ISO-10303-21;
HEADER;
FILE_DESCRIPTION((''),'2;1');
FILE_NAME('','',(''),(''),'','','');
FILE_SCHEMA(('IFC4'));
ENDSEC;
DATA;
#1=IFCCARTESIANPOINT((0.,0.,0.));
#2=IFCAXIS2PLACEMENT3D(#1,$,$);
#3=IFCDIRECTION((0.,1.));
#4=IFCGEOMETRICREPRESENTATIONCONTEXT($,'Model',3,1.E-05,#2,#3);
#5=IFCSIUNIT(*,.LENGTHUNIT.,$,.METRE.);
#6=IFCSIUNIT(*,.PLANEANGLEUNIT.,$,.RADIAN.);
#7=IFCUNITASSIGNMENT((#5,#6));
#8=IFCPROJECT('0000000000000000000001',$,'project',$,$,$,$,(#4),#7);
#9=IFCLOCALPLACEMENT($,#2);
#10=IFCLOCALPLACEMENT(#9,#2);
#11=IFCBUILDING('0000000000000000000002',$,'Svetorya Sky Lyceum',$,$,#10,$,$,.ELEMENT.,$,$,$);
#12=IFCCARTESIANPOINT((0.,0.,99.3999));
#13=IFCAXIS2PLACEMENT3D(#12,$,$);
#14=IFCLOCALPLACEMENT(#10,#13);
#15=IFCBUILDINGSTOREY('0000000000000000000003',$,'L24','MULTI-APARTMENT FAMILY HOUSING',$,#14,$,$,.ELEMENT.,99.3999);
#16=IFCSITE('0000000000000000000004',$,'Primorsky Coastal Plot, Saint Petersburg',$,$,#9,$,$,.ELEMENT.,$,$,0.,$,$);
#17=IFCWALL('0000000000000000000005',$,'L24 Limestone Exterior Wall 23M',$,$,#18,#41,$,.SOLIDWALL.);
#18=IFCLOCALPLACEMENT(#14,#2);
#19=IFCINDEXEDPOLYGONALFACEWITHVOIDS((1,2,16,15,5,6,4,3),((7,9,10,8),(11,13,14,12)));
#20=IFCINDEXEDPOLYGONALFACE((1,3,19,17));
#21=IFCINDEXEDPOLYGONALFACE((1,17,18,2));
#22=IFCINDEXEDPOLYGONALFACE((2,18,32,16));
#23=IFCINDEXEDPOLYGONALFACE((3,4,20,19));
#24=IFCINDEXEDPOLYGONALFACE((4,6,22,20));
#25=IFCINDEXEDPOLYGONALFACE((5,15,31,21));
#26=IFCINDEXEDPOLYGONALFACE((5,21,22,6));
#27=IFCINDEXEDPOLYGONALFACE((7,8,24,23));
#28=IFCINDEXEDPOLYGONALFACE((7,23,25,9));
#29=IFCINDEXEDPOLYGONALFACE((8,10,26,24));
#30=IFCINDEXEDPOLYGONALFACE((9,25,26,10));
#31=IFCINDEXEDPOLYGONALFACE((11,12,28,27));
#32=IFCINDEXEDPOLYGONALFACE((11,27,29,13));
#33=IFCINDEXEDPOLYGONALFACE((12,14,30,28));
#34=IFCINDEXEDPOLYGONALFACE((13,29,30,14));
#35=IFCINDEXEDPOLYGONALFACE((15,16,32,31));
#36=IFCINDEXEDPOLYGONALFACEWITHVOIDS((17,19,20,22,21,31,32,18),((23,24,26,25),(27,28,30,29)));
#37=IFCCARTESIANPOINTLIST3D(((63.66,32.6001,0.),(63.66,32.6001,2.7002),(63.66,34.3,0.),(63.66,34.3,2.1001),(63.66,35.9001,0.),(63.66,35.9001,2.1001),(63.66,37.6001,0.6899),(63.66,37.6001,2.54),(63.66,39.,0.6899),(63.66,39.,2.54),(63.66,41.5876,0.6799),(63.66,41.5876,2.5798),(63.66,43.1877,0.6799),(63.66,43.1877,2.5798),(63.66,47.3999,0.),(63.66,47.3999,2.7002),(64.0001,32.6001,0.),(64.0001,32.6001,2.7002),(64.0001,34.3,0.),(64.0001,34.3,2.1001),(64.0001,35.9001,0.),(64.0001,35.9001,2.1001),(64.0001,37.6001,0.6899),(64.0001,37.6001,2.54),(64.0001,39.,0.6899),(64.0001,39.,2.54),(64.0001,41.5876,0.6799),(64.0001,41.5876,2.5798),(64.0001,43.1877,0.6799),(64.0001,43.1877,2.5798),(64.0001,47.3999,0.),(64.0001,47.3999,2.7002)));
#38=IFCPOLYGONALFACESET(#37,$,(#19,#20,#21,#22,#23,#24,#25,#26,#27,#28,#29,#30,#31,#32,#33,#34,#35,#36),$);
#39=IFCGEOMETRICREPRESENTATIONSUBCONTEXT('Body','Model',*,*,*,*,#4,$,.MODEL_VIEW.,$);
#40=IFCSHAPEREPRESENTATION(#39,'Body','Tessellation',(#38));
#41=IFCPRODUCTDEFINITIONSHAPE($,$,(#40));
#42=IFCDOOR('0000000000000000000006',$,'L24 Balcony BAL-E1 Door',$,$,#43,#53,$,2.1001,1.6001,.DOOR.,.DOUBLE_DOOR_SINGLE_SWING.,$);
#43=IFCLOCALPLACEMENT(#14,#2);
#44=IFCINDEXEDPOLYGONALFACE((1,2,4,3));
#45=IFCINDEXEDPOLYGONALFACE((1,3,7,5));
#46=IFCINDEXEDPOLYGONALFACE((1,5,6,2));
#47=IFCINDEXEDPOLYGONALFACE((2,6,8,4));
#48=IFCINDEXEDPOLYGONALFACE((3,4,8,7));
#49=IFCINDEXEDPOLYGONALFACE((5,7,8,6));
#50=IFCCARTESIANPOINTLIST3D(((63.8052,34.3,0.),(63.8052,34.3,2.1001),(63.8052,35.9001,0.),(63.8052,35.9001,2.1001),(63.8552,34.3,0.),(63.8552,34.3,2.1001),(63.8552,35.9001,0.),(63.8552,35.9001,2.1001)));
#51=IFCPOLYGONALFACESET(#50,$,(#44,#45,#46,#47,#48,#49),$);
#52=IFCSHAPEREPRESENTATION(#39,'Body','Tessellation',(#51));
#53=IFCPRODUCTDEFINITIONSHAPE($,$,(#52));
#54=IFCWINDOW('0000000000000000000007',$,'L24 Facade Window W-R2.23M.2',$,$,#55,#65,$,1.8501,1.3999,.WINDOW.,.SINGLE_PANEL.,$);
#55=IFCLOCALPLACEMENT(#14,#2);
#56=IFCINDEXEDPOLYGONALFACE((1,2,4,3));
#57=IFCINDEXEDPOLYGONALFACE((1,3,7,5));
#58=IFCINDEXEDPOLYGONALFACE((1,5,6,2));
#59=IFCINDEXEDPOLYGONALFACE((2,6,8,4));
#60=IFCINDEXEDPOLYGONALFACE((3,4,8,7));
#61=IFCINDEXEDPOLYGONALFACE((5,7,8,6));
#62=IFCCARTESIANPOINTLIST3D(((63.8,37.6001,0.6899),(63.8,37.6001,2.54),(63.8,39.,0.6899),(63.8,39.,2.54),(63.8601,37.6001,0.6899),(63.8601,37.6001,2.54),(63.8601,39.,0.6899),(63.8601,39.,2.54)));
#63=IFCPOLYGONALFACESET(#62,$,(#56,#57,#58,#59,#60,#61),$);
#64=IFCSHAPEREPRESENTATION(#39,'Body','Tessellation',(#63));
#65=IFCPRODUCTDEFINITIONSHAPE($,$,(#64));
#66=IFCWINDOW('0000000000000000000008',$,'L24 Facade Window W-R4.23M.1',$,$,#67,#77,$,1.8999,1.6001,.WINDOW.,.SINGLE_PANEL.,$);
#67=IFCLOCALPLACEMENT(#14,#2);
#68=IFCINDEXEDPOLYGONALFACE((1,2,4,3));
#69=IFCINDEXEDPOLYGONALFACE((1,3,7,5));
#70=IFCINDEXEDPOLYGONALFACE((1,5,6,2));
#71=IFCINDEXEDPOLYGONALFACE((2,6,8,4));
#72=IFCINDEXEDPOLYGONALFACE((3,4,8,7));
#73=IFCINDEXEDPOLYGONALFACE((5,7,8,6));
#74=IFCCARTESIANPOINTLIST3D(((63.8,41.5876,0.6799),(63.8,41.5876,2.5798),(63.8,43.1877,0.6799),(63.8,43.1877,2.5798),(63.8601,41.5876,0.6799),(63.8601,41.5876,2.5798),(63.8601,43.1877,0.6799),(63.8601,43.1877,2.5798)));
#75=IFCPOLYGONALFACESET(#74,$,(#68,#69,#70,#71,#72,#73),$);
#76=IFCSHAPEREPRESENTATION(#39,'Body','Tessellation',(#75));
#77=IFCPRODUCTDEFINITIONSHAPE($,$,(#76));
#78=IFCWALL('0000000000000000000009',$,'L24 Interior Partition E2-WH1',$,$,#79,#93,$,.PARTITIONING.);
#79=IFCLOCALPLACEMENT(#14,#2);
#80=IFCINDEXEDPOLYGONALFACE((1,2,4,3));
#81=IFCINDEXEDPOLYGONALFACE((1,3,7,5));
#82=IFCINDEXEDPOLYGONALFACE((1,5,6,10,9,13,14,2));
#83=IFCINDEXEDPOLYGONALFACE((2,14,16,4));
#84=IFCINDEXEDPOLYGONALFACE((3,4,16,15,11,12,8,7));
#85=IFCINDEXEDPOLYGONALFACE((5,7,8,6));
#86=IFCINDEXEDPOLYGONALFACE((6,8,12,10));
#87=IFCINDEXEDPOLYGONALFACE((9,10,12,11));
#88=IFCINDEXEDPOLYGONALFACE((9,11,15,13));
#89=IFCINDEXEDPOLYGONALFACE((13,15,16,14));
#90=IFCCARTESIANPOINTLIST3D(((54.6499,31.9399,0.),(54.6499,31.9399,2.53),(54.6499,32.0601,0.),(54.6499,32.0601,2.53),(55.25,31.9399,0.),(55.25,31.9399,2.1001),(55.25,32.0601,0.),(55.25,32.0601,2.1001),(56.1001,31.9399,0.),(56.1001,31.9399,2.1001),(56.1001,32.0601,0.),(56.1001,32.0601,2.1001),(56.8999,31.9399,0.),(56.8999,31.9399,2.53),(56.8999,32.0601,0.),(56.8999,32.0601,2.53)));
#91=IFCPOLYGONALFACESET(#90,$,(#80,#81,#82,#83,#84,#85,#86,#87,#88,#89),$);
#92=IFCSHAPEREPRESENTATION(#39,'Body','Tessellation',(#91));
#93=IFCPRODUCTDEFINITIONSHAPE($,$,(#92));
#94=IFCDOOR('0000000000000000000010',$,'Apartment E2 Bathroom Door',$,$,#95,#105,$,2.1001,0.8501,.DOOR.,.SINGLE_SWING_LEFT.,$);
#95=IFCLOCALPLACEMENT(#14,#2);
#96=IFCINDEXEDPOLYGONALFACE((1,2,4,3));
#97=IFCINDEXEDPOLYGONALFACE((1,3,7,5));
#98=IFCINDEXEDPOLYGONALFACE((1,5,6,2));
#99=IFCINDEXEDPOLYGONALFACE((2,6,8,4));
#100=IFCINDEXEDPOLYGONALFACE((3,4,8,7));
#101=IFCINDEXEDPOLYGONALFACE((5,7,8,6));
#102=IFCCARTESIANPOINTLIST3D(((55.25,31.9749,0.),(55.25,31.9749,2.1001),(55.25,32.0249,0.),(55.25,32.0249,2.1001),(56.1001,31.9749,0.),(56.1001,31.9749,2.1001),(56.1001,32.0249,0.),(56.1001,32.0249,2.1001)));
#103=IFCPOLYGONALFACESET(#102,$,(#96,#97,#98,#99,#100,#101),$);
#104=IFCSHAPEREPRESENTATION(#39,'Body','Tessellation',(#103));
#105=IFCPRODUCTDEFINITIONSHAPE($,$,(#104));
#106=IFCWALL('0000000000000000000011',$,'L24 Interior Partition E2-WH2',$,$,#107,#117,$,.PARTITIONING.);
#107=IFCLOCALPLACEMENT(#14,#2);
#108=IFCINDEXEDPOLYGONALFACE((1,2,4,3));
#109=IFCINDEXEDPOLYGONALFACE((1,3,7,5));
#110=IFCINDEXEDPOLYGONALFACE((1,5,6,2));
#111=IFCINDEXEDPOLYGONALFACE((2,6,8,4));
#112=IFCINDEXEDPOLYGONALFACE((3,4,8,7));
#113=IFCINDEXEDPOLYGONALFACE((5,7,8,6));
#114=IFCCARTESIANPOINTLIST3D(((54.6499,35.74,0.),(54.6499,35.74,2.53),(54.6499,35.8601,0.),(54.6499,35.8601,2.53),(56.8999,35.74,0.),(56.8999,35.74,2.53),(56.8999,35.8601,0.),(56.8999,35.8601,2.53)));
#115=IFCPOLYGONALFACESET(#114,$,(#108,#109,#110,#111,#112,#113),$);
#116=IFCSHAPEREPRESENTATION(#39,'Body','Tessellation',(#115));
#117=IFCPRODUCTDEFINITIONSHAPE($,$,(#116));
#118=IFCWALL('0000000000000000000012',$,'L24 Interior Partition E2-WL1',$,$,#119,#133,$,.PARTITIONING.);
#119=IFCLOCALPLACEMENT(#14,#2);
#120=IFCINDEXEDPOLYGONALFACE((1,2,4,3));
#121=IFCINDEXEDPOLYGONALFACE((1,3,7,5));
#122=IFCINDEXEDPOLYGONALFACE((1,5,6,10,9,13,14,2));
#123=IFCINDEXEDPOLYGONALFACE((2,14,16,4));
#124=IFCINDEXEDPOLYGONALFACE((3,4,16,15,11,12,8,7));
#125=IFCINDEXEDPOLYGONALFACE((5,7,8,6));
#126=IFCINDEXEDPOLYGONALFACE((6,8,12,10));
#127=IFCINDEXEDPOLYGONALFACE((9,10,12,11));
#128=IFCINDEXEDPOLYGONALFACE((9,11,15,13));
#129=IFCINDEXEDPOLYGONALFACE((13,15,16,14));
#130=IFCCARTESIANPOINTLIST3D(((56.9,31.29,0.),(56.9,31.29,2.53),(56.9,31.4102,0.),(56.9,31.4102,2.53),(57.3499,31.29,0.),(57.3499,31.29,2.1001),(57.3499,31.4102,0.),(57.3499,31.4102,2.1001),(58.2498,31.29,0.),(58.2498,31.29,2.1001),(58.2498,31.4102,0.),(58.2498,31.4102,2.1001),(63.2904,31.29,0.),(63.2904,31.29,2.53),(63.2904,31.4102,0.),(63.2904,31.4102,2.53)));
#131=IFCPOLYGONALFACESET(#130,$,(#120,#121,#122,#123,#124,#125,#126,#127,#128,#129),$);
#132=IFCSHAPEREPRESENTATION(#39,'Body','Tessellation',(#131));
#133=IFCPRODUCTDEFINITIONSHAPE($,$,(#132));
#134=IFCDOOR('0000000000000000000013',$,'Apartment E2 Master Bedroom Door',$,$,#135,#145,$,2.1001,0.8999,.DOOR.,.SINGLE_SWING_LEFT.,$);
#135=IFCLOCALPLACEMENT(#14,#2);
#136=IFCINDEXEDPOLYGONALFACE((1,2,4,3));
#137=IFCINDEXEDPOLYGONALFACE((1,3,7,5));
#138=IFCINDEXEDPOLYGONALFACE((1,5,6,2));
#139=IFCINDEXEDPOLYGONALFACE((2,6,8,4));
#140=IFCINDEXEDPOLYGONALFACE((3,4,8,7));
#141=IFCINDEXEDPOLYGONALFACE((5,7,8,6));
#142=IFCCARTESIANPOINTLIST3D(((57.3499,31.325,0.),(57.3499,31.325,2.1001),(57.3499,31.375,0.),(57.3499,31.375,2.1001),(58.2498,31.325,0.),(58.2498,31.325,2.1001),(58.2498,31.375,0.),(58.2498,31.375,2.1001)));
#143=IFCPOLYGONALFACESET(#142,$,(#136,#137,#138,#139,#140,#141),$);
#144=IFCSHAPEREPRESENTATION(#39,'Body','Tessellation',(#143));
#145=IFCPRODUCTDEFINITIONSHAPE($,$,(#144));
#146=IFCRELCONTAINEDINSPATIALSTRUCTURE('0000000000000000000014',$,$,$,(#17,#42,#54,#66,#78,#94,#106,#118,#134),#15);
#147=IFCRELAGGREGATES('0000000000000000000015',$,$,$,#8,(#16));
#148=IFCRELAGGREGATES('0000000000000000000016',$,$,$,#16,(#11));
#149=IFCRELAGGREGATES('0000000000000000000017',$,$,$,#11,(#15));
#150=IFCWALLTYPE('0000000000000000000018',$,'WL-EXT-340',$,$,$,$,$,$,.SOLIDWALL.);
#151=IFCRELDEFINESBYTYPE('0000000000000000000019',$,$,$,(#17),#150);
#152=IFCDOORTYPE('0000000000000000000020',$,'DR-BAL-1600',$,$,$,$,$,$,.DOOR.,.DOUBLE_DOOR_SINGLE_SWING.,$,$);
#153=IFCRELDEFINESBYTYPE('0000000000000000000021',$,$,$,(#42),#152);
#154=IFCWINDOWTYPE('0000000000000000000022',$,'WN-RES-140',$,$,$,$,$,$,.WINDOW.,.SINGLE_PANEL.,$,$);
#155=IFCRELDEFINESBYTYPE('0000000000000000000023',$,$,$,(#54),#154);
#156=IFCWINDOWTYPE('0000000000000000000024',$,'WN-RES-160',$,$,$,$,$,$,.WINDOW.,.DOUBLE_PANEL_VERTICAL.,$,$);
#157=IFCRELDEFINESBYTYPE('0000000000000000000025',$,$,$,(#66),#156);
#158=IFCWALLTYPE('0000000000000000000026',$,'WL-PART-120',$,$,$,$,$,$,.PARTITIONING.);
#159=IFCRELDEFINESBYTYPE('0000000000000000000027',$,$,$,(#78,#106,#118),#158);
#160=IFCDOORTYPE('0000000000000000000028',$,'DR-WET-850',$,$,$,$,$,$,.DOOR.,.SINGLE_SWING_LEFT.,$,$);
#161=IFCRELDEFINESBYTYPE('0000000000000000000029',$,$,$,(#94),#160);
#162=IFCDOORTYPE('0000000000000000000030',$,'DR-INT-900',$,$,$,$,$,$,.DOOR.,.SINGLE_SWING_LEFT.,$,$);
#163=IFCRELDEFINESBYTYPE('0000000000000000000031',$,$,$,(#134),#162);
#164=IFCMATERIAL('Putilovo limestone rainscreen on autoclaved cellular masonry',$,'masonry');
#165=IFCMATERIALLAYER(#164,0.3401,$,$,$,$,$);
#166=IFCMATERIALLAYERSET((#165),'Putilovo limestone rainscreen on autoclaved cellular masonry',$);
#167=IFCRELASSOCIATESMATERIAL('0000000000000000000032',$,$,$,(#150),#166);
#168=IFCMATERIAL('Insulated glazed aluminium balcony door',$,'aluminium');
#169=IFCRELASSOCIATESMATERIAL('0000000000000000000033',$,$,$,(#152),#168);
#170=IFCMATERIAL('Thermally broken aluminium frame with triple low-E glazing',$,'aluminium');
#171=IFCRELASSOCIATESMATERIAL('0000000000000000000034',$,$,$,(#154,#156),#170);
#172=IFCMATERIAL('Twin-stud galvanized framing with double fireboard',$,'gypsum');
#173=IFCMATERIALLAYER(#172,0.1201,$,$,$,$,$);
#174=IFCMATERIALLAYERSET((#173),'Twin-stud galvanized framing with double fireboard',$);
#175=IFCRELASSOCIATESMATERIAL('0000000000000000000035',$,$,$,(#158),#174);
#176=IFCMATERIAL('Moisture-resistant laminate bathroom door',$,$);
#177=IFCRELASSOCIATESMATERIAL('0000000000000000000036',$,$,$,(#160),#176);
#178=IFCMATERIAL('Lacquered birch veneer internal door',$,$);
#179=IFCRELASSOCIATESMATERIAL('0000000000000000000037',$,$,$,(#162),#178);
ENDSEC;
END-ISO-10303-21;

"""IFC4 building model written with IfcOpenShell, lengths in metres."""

from ifc_helpers import new_model, si_unit, direction, frame, frame_2d, origin, place, context, subcontext, project, spatial, rectangle, extrude, material, layer, layer_set, type_object, element, fill, save


model = new_model("IFC4")

# Units and contexts
model_context = context("Model", 3, precision=1e-05, world=origin(), true_north=direction((0.0, 1.0)))
body_context = subcontext(model_context, "Body", "Model", "MODEL_VIEW")
ifc_project = project(units=[si_unit("LENGTHUNIT", "METRE"), si_unit("PLANEANGLEUNIT", "RADIAN")], contexts=[model_context])

# Site, building, storey
site_placement = place(None, origin())
site = spatial("IfcSite", under=ifc_project, at=site_placement, Name="Primorsky Coastal Plot, Saint Petersburg", CompositionType="ELEMENT", RefElevation=0.0)
building_placement = place(site_placement, origin())
building = spatial("IfcBuilding", under=site, at=building_placement, Name="Svetorya Sky Lyceum", CompositionType="ELEMENT")
storey_placement = place(building_placement, frame((0.0, 0.0, 99.3999)))
storey = spatial("IfcBuildingStorey", under=building, at=storey_placement, Name="L24", Description="MULTI-APARTMENT FAMILY HOUSING", CompositionType="ELEMENT", Elevation=99.3999)

# Shared definitions
ifc_material_1 = material(Name="Putilovo limestone rainscreen on autoclaved cellular masonry", Category="masonry")
ifc_layer_1 = layer(ifc_material_1, 0.3401)
ifc_layer_set_1 = layer_set([ifc_layer_1], Name="Putilovo limestone rainscreen on autoclaved cellular masonry")
wall_type_1 = type_object("IfcWallType", Name="WL-EXT-340", PredefinedType="SOLIDWALL", material=ifc_layer_set_1)

# Wall, openings, door, windows
wall_1_placement = place(storey_placement, frame((63.8301, 32.6001, 0.0), z_axis=(0.0, 0.0, 1.0), x_axis=(0.0, 1.0, 0.0)))
wall_1 = element("IfcWall", 1, at=wall_1_placement, inside=storey, type_object=wall_type_1, Name="L24 Limestone Exterior Wall 23M", PredefinedType="SOLIDWALL", context=body_context, shape_type="SweptSolid", body=[
    extrude(rectangle(XDim=14.7998, YDim=0.3401, at=frame_2d((7.3999, 0.0))), origin(), (0.0, 0.0, 1.0), 2.7002),
])
opening_1_placement = place(wall_1_placement, frame((1.7, 0.0, 0.0)))
opening_1 = element("IfcOpeningElement", 2, at=opening_1_placement, cuts=wall_1, PredefinedType="OPENING", context=body_context, shape_type="SweptSolid", body=[
    extrude(rectangle(XDim=1.6001, YDim=2.1001, at=frame_2d((0.8, 1.05))), frame((0.0, 0.1799, 0.0), z_axis=(0.0, -1.0, 0.0), x_axis=(1.0, 0.0, 0.0)), (0.0, 0.0, 1.0), 0.3601),
])
opening_2_placement = place(wall_1_placement, frame((5.0, 0.0, 0.6899)))
opening_2 = element("IfcOpeningElement", 3, at=opening_2_placement, cuts=wall_1, PredefinedType="OPENING", context=body_context, shape_type="SweptSolid", body=[
    extrude(rectangle(XDim=1.3999, YDim=1.8501, at=frame_2d((0.7, 0.925))), frame((0.0, 0.1799, 0.0), z_axis=(0.0, -1.0, 0.0), x_axis=(1.0, 0.0, 0.0)), (0.0, 0.0, 1.0), 0.3601),
])
opening_3_placement = place(wall_1_placement, frame((8.9875, 0.0, 0.6799)))
opening_3 = element("IfcOpeningElement", 4, at=opening_3_placement, cuts=wall_1, PredefinedType="OPENING", context=body_context, shape_type="SweptSolid", body=[
    extrude(rectangle(XDim=1.6001, YDim=1.8999, at=frame_2d((0.8, 0.95))), frame((0.0, 0.1799, 0.0), z_axis=(0.0, -1.0, 0.0), x_axis=(1.0, 0.0, 0.0)), (0.0, 0.0, 1.0), 0.3601),
])
ifc_material_2 = material(Name="Insulated glazed aluminium balcony door", Category="aluminium")
door_type_1 = type_object("IfcDoorType", Name="DR-BAL-1600", OperationType="DOUBLE_DOOR_SINGLE_SWING", PredefinedType="DOOR", material=ifc_material_2)
door_1_placement = place(opening_1_placement, origin())
door_1 = element("IfcDoor", 5, at=door_1_placement, inside=storey, type_object=door_type_1, Name="L24 Balcony BAL-E1 Door", OperationType="DOUBLE_DOOR_SINGLE_SWING", OverallHeight=2.1001, OverallWidth=1.6001, PredefinedType="DOOR", context=body_context, shape_type="SweptSolid", body=[
    extrude(rectangle(XDim=1.6001, YDim=2.1001, at=frame_2d((0.8, 1.05))), frame((0.0, 0.0249, 0.0), z_axis=(0.0, -1.0, 0.0), x_axis=(1.0, 0.0, 0.0)), (0.0, 0.0, 1.0), 0.05),
])
fill(opening_1, door_1)
ifc_material_3 = material(Name="Thermally broken aluminium frame with triple low-E glazing", Category="aluminium")
window_type_1 = type_object("IfcWindowType", Name="WN-RES-140", PartitioningType="SINGLE_PANEL", PredefinedType="WINDOW", material=ifc_material_3)
window_1_placement = place(opening_2_placement, origin())
window_1 = element("IfcWindow", 6, at=window_1_placement, inside=storey, type_object=window_type_1, Name="L24 Facade Window W-R2.23M.2", OverallHeight=1.8501, OverallWidth=1.3999, PartitioningType="SINGLE_PANEL", PredefinedType="WINDOW", context=body_context, shape_type="SweptSolid", body=[
    extrude(rectangle(XDim=1.3999, YDim=1.8501, at=frame_2d((0.7, 0.925))), frame((0.0, 0.03, 0.0), z_axis=(0.0, -1.0, 0.0), x_axis=(1.0, 0.0, 0.0)), (0.0, 0.0, 1.0), 0.0601),
])
fill(opening_2, window_1)
window_type_2 = type_object("IfcWindowType", Name="WN-RES-160", PartitioningType="DOUBLE_PANEL_VERTICAL", PredefinedType="WINDOW", material=ifc_material_3)
window_2_placement = place(opening_3_placement, origin())
window_2 = element("IfcWindow", 7, at=window_2_placement, inside=storey, type_object=window_type_2, Name="L24 Facade Window W-R4.23M.1", OverallHeight=1.8999, OverallWidth=1.6001, PartitioningType="SINGLE_PANEL", PredefinedType="WINDOW", context=body_context, shape_type="SweptSolid", body=[
    extrude(rectangle(XDim=1.6001, YDim=1.8999, at=frame_2d((0.8, 0.95))), frame((0.0, 0.03, 0.0), z_axis=(0.0, -1.0, 0.0), x_axis=(1.0, 0.0, 0.0)), (0.0, 0.0, 1.0), 0.0601),
])
fill(opening_3, window_2)

# Wall, opening, door
ifc_material_4 = material(Name="Twin-stud galvanized framing with double fireboard", Category="gypsum")
ifc_layer_2 = layer(ifc_material_4, 0.1201)
ifc_layer_set_2 = layer_set([ifc_layer_2], Name="Twin-stud galvanized framing with double fireboard")
wall_type_2 = type_object("IfcWallType", Name="WL-PART-120", PredefinedType="PARTITIONING", material=ifc_layer_set_2)
wall_2_placement = place(storey_placement, frame((54.6499, 32.0, 0.0), z_axis=(0.0, 0.0, 1.0), x_axis=(1.0, 0.0, 0.0)))
wall_2 = element("IfcWall", 8, at=wall_2_placement, inside=storey, type_object=wall_type_2, Name="L24 Interior Partition E2-WH1", PredefinedType="PARTITIONING", context=body_context, shape_type="SweptSolid", body=[
    extrude(rectangle(XDim=2.25, YDim=0.1201, at=frame_2d((1.125, 0.0))), origin(), (0.0, 0.0, 1.0), 2.53),
])
opening_4_placement = place(wall_2_placement, frame((0.6001, 0.0, 0.0)))
opening_4 = element("IfcOpeningElement", 9, at=opening_4_placement, cuts=wall_2, PredefinedType="OPENING", context=body_context, shape_type="SweptSolid", body=[
    extrude(rectangle(XDim=0.8501, YDim=2.1001, at=frame_2d((0.425, 1.05))), frame((0.0, 0.0701, 0.0), z_axis=(0.0, -1.0, 0.0), x_axis=(1.0, 0.0, 0.0)), (0.0, 0.0, 1.0), 0.1401),
])
ifc_material_5 = material(Name="Moisture-resistant laminate bathroom door")
door_type_2 = type_object("IfcDoorType", Name="DR-WET-850", OperationType="SINGLE_SWING_LEFT", PredefinedType="DOOR", material=ifc_material_5)
door_2_placement = place(opening_4_placement, origin())
door_2 = element("IfcDoor", 10, at=door_2_placement, inside=storey, type_object=door_type_2, Name="Apartment E2 Bathroom Door", OperationType="SINGLE_SWING_LEFT", OverallHeight=2.1001, OverallWidth=0.8501, PredefinedType="DOOR", context=body_context, shape_type="SweptSolid", body=[
    extrude(rectangle(XDim=0.8501, YDim=2.1001, at=frame_2d((0.425, 1.05))), frame((0.0, 0.0249, 0.0), z_axis=(0.0, -1.0, 0.0), x_axis=(1.0, 0.0, 0.0)), (0.0, 0.0, 1.0), 0.05),
])
fill(opening_4, door_2)

# Wall
wall_3_placement = place(storey_placement, frame((54.6499, 35.8, 0.0), z_axis=(0.0, 0.0, 1.0), x_axis=(1.0, 0.0, 0.0)))
element("IfcWall", 11, at=wall_3_placement, inside=storey, type_object=wall_type_2, Name="L24 Interior Partition E2-WH2", PredefinedType="PARTITIONING", context=body_context, shape_type="SweptSolid", body=[
    extrude(rectangle(XDim=2.25, YDim=0.1201, at=frame_2d((1.125, 0.0))), origin(), (0.0, 0.0, 1.0), 2.53),
])

# Wall, opening, door
wall_4_placement = place(storey_placement, frame((56.8999, 31.3501, 0.0), z_axis=(0.0, 0.0, 1.0), x_axis=(1.0, 0.0, 0.0)))
wall_4 = element("IfcWall", 12, at=wall_4_placement, inside=storey, type_object=wall_type_2, Name="L24 Interior Partition E2-WL1", PredefinedType="PARTITIONING", context=body_context, shape_type="SweptSolid", body=[
    extrude(rectangle(XDim=6.3904, YDim=0.1201, at=frame_2d((3.1953, 0.0))), origin(), (0.0, 0.0, 1.0), 2.53),
])
opening_5_placement = place(wall_4_placement, frame((0.45, 0.0, 0.0)))
opening_5 = element("IfcOpeningElement", 13, at=opening_5_placement, cuts=wall_4, PredefinedType="OPENING", context=body_context, shape_type="SweptSolid", body=[
    extrude(rectangle(XDim=0.8999, YDim=2.1001, at=frame_2d((0.45, 1.05))), frame((0.0, 0.0701, 0.0), z_axis=(0.0, -1.0, 0.0), x_axis=(1.0, 0.0, 0.0)), (0.0, 0.0, 1.0), 0.1401),
])
ifc_material_6 = material(Name="Lacquered birch veneer internal door")
door_type_3 = type_object("IfcDoorType", Name="DR-INT-900", OperationType="SINGLE_SWING_LEFT", PredefinedType="DOOR", material=ifc_material_6)
door_3_placement = place(opening_5_placement, origin())
door_3 = element("IfcDoor", 14, at=door_3_placement, inside=storey, type_object=door_type_3, Name="Apartment E2 Master Bedroom Door", OperationType="SINGLE_SWING_LEFT", OverallHeight=2.1001, OverallWidth=0.8999, PredefinedType="DOOR", context=body_context, shape_type="SweptSolid", body=[
    extrude(rectangle(XDim=0.8999, YDim=2.1001, at=frame_2d((0.45, 1.05))), frame((0.0, 0.0249, 0.0), z_axis=(0.0, -1.0, 0.0), x_axis=(1.0, 0.0, 0.0)), (0.0, 0.0, 1.0), 0.05),
])
fill(opening_5, door_3)

save(model, "model.ifc")
